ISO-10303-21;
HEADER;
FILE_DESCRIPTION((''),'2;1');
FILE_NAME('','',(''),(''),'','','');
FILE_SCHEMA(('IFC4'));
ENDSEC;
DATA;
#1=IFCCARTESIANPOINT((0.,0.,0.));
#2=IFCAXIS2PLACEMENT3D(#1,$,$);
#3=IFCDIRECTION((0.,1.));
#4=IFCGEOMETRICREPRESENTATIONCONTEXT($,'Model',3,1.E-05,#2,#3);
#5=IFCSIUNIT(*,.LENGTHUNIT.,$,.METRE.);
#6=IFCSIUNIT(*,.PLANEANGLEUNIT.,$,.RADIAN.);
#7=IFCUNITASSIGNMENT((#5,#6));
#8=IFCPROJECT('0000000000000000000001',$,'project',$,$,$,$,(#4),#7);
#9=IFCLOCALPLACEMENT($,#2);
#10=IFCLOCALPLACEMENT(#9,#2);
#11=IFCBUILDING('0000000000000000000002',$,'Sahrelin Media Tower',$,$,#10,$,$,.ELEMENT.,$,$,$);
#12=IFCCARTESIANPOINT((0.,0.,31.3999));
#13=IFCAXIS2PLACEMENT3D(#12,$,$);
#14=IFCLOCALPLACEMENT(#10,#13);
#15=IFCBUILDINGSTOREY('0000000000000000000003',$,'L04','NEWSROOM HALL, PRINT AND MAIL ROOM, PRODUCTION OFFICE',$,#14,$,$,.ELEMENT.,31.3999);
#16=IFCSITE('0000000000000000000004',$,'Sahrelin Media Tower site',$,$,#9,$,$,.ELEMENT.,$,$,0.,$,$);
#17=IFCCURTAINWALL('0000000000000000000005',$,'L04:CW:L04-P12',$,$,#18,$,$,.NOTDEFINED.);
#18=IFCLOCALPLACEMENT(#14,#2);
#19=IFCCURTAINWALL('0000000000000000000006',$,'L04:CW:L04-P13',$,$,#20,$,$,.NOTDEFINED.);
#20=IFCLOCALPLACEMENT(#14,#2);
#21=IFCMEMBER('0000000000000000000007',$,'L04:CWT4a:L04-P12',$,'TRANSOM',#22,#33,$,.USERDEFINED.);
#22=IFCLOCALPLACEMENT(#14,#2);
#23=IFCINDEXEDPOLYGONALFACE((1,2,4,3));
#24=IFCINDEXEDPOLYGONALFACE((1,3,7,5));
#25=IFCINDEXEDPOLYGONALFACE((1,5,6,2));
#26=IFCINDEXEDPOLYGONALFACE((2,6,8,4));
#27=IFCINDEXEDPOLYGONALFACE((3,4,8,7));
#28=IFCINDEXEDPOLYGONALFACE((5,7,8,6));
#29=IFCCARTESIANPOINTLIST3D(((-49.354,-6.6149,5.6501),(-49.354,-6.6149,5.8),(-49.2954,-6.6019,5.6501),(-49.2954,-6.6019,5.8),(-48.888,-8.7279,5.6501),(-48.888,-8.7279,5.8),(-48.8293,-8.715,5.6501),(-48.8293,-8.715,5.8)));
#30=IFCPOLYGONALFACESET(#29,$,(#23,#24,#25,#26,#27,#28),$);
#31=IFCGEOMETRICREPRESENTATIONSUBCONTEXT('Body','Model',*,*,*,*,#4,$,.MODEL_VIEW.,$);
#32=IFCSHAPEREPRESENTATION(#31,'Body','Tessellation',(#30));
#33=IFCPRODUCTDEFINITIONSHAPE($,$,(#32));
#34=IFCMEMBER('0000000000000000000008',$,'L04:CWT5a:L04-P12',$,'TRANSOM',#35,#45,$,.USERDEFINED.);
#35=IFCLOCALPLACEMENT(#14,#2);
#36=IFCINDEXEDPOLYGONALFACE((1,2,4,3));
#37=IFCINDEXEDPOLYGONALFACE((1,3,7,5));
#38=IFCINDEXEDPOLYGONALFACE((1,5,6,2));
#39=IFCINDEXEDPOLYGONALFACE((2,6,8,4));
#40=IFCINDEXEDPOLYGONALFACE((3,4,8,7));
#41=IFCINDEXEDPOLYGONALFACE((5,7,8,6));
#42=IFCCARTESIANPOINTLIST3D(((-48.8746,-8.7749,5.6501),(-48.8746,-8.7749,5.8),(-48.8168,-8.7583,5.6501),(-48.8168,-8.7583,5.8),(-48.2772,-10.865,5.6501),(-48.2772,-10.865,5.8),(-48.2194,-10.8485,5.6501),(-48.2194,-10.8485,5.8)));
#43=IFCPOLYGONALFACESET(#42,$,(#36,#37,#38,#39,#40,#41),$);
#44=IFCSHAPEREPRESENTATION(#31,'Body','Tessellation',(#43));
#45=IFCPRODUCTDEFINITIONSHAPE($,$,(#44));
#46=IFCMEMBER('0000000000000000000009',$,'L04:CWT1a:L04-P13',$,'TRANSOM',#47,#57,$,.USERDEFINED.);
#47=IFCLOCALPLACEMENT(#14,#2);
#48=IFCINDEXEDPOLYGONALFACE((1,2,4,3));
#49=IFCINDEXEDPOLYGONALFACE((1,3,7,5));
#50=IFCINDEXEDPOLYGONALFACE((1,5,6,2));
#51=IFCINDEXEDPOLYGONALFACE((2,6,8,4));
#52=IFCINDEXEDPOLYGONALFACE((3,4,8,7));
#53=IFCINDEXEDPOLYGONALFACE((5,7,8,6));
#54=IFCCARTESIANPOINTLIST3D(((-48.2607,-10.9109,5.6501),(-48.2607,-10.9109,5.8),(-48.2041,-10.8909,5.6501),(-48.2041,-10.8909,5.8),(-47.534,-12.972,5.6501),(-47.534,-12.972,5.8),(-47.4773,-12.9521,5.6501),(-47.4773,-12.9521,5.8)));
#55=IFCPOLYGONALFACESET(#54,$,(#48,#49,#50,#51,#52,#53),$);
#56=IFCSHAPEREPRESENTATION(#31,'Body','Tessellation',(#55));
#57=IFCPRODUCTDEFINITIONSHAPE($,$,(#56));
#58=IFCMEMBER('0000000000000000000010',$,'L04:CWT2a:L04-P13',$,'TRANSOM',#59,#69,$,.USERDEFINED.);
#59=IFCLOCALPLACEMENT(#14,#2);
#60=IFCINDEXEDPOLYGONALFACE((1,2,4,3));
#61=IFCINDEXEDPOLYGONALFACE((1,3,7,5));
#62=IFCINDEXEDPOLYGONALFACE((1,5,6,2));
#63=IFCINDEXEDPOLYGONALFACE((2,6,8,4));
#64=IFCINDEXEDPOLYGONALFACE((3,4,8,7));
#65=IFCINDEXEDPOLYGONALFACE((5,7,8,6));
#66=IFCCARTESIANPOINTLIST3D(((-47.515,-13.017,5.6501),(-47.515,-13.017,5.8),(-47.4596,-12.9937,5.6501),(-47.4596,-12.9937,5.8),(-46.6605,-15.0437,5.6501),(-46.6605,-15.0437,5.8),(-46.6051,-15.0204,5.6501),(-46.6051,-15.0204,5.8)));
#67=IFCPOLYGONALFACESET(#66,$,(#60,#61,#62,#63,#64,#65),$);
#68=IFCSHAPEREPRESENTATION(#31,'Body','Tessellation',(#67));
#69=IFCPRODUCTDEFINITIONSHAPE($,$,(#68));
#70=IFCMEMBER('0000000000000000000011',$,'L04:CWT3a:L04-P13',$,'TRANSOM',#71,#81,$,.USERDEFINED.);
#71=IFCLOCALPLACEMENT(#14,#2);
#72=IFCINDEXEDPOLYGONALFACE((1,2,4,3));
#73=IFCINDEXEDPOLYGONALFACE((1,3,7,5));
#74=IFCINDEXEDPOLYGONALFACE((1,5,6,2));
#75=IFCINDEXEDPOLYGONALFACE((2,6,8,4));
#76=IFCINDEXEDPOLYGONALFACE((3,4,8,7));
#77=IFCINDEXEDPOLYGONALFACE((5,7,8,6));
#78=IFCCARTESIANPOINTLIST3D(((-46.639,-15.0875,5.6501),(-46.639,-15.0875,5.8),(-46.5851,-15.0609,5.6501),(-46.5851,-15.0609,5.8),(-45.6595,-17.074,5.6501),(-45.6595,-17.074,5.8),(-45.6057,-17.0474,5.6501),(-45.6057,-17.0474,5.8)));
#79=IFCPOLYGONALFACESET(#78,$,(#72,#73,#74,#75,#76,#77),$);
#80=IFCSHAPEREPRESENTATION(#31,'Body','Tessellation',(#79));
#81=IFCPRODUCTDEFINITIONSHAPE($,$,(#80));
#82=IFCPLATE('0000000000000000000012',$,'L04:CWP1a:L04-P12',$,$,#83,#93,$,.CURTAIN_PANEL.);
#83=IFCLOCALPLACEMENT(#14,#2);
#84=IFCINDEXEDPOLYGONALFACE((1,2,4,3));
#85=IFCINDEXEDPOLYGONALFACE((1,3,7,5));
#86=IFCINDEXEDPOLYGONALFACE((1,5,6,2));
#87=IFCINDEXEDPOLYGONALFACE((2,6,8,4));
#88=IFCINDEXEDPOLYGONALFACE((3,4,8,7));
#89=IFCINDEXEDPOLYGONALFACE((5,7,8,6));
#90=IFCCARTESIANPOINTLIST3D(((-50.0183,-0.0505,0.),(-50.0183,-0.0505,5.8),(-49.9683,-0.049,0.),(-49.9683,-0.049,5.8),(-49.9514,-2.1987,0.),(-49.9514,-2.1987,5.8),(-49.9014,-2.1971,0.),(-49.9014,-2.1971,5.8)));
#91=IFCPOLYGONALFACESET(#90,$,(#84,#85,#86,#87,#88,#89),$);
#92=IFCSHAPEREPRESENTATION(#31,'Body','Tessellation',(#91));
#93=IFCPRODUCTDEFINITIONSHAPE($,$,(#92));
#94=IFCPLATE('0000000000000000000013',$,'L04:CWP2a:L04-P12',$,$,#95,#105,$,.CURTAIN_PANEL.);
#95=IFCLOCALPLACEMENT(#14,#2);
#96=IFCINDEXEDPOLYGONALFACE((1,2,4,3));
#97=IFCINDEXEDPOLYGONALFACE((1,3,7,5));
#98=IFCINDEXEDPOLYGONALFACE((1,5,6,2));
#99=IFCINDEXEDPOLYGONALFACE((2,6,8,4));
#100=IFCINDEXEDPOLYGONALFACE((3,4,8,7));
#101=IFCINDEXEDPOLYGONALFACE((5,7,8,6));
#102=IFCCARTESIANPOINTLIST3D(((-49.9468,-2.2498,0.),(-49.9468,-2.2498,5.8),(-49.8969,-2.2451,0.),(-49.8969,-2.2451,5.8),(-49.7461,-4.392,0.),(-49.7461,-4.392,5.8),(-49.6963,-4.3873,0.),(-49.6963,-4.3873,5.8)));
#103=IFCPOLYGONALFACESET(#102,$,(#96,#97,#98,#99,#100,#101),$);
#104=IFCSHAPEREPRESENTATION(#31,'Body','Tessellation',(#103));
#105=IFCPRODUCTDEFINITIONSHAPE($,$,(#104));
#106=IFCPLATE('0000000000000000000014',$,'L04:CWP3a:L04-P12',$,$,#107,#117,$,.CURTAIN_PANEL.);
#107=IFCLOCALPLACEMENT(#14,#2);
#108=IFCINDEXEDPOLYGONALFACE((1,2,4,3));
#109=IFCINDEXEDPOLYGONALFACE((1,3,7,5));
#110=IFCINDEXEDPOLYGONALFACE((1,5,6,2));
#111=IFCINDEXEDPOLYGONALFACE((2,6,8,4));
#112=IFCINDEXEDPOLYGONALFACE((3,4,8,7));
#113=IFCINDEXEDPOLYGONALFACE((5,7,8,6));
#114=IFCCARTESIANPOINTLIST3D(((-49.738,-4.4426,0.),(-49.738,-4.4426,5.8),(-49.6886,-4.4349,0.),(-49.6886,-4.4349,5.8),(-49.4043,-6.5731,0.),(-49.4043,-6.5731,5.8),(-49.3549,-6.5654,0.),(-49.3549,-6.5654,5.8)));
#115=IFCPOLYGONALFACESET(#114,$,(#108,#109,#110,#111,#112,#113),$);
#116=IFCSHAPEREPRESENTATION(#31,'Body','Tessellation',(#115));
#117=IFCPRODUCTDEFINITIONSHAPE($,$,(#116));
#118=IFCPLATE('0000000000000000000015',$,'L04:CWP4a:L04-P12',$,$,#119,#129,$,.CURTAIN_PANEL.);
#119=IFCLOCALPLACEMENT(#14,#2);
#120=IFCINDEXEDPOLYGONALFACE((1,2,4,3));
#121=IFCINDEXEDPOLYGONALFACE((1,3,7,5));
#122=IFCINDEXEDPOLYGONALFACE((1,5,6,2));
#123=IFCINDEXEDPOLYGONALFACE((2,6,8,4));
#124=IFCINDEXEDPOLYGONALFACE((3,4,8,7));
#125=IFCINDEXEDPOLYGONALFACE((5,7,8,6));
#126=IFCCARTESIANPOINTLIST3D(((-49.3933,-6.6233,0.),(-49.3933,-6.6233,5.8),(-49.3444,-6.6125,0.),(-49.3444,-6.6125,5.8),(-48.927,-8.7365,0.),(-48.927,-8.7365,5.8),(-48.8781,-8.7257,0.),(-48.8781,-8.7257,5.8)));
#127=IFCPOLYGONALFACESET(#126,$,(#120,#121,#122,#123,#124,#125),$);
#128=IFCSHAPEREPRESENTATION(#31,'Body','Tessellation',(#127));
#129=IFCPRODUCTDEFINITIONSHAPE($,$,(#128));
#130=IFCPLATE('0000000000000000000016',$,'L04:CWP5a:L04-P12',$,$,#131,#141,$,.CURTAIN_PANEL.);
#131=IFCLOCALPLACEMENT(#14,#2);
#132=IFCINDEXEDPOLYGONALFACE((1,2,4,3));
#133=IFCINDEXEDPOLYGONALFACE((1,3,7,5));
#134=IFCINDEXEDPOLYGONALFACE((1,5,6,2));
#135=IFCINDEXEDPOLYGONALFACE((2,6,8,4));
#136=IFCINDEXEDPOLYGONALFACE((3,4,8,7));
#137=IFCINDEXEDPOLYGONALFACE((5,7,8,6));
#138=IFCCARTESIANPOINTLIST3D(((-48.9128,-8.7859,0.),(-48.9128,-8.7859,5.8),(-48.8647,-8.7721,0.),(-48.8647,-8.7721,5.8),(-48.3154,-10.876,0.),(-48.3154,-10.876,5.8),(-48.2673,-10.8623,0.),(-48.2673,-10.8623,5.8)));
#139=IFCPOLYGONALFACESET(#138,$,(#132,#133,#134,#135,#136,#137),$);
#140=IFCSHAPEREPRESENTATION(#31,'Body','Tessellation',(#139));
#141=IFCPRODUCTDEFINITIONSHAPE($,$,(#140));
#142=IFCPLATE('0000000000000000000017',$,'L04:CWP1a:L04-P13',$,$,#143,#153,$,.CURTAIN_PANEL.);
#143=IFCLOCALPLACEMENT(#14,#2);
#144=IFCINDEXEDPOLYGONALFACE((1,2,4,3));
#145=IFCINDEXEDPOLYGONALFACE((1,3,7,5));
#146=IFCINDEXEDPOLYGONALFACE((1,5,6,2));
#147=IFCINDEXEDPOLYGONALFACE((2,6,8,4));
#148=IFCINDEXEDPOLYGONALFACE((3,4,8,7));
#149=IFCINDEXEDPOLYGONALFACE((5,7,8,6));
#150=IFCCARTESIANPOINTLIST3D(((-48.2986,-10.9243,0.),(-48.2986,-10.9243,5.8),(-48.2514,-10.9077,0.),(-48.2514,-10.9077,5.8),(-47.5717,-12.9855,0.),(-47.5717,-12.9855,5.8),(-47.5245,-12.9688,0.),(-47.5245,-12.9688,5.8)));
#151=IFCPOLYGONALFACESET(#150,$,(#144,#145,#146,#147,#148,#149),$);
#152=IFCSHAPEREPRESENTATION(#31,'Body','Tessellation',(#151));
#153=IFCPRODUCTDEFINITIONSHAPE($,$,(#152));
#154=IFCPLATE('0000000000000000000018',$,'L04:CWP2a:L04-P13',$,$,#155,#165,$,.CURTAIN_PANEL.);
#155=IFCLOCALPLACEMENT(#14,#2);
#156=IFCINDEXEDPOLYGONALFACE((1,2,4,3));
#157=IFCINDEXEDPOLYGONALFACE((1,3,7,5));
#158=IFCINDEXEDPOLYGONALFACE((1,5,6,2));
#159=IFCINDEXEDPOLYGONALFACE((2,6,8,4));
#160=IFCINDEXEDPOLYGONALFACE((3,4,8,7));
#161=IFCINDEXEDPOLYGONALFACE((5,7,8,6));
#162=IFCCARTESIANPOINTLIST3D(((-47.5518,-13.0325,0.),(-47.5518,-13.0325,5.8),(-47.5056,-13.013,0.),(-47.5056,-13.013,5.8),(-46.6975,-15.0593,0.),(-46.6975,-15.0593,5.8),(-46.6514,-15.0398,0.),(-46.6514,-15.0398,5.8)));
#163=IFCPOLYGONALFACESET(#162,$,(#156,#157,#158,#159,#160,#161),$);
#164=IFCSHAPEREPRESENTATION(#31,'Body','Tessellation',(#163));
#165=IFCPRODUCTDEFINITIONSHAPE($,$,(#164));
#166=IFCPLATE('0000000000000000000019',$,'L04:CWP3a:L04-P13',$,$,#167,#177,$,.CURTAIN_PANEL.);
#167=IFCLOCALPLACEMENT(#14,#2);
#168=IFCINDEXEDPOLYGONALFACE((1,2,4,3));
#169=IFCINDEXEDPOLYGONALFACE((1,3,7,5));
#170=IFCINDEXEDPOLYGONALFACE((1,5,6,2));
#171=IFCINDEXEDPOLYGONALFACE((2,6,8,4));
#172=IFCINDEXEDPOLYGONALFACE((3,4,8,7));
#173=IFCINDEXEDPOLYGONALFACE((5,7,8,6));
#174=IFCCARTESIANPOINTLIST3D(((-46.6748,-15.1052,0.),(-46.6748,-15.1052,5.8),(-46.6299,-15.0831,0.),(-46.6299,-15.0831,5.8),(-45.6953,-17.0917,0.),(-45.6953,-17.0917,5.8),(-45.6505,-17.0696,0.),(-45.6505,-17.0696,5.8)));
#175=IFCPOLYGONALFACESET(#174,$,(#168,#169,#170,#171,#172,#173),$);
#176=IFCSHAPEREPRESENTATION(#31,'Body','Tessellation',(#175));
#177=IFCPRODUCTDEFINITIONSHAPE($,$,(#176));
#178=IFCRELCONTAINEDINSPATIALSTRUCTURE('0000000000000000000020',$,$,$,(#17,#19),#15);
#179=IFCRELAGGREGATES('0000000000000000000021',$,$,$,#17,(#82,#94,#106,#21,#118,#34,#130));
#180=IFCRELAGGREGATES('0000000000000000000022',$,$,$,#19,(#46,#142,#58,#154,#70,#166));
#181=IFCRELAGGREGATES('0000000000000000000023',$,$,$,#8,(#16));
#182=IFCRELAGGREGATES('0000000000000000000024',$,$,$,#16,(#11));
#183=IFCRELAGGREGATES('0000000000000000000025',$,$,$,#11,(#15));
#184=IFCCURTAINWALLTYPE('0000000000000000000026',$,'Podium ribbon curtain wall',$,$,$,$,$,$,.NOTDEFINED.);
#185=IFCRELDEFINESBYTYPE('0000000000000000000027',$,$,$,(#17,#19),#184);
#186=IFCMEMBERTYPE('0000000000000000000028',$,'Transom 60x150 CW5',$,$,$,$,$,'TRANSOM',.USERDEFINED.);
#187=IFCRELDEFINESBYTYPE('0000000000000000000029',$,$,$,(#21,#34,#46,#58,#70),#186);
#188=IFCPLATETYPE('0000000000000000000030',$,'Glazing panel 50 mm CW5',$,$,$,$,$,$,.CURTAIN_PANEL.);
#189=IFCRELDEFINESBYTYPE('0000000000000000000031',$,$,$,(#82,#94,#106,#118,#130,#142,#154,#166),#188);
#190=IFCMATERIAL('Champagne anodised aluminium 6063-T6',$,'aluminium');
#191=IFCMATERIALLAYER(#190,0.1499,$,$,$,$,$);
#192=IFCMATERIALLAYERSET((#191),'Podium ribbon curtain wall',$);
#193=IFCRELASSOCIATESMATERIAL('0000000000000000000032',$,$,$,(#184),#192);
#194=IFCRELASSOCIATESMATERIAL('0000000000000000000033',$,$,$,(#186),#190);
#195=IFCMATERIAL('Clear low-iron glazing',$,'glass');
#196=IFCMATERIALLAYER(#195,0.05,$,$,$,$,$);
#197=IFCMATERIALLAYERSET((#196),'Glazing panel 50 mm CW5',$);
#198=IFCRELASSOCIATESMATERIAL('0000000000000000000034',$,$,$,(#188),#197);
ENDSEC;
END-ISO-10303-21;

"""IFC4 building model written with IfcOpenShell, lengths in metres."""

from ifc_helpers import new_model, si_unit, direction, frame, origin, origin_2d, place, context, subcontext, project, spatial, polyline, rectangle, outline, extrude, material, layer, layer_set, material_profile, profile_set, type_object, element, aggregate, save


model = new_model("IFC4")

# Units and contexts
model_context = context("Model", 3, precision=1e-05, world=origin(), true_north=direction((0.0, 1.0)))
body_context = subcontext(model_context, "Body", "Model", "MODEL_VIEW")
ifc_project = project(units=[si_unit("LENGTHUNIT", "METRE"), si_unit("PLANEANGLEUNIT", "RADIAN")], contexts=[model_context])

# Site, building, storey
site_placement = place(None, origin())
site = spatial("IfcSite", under=ifc_project, at=site_placement, Name="Sahrelin Media Tower site", CompositionType="ELEMENT", RefElevation=0.0)
building_placement = place(site_placement, origin())
building = spatial("IfcBuilding", under=site, at=building_placement, Name="Sahrelin Media Tower", CompositionType="ELEMENT")
storey_placement = place(building_placement, frame((0.0, 0.0, 31.3999)))
storey = spatial("IfcBuildingStorey", under=building, at=storey_placement, Name="L04", Description="NEWSROOM HALL, PRINT AND MAIL ROOM, PRODUCTION OFFICE", CompositionType="ELEMENT", Elevation=31.3999)

# Curtain walls
ifc_material_1 = material(Name="Champagne anodised aluminium 6063-T6", Category="aluminium")
ifc_layer_1 = layer(ifc_material_1, 0.1499)
ifc_layer_set_1 = layer_set([ifc_layer_1], Name="Podium ribbon curtain wall")
curtain_wall_type = type_object("IfcCurtainWallType", Name="Podium ribbon curtain wall", PredefinedType="NOTDEFINED", material=ifc_layer_set_1)
curtain_wall_1_placement = place(storey_placement, frame((-50.0, 0.0, 0.0), z_axis=(0.0, 0.0, 1.0), x_axis=(1.0, 0.0, 0.0)))
curtain_wall_1 = element("IfcCurtainWall", 1, at=curtain_wall_1_placement, inside=storey, type_object=curtain_wall_type, Name="L04:CW:L04-P12", PredefinedType="NOTDEFINED")
curtain_wall_2_placement = place(storey_placement, frame((-48.2964, -10.8704, 0.0), z_axis=(0.0, 0.0, 1.0), x_axis=(1.0, 0.0, 0.0)))
curtain_wall_2 = element("IfcCurtainWall", 2, at=curtain_wall_2_placement, inside=storey, type_object=curtain_wall_type, Name="L04:CW:L04-P13", PredefinedType="NOTDEFINED")

# Members
ifc_material_profile_1 = material_profile(ifc_material_1, rectangle(XDim=0.0601, YDim=0.1499, at=origin_2d()), Name="Transom 60x150")
ifc_profile_set_1 = profile_set([ifc_material_profile_1], Name="Champagne anodised aluminium 6063-T6")
member_type_1 = type_object("IfcMemberType", Name="Transom 60x150 CW5", ElementType="TRANSOM", PredefinedType="USERDEFINED", material=ifc_profile_set_1)
member_1_placement = place(storey_placement, frame((-49.3247, -6.6084, 5.7251), z_axis=(0.215389, -0.976528, 0.0), x_axis=(0.976528, 0.215389, 0.0)))
member_1 = element("IfcMember", 3, at=member_1_placement, type_object=member_type_1, Name="L04:CWT4a:L04-P12", ObjectType="TRANSOM", PredefinedType="USERDEFINED", context=body_context, shape_type="SweptSolid", body=[
    extrude(rectangle(XDim=0.0601, YDim=0.1499, at=origin_2d()), origin(), (0.0, 0.0, 1.0), 2.1638),
])
member_2_placement = place(storey_placement, frame((-48.8457, -8.7666, 5.7251), z_axis=(0.274825, -0.961494, 0.0), x_axis=(0.961494, 0.274825, 0.0)))
member_2 = element("IfcMember", 4, at=member_2_placement, type_object=member_type_1, Name="L04:CWT5a:L04-P12", ObjectType="TRANSOM", PredefinedType="USERDEFINED", context=body_context, shape_type="SweptSolid", body=[
    extrude(rectangle(XDim=0.0601, YDim=0.1499, at=origin_2d()), origin(), (0.0, 0.0, 1.0), 2.1738),
])
member_3_placement = place(storey_placement, frame((-48.2324, -10.9009, 5.7251), z_axis=(0.332534, -0.943091, 0.0), x_axis=(0.943091, 0.332534, 0.0)))
member_3 = element("IfcMember", 5, at=member_3_placement, type_object=member_type_1, Name="L04:CWT1a:L04-P13", ObjectType="TRANSOM", PredefinedType="USERDEFINED", context=body_context, shape_type="SweptSolid", body=[
    extrude(rectangle(XDim=0.0601, YDim=0.1499, at=origin_2d()), origin(), (0.0, 0.0, 1.0), 2.1855),
])
member_4_placement = place(storey_placement, frame((-47.4873, -13.0054, 5.7251), z_axis=(0.388514, -0.921443, 0.0), x_axis=(0.921443, 0.388514, 0.0)))
member_4 = element("IfcMember", 6, at=member_4_placement, type_object=member_type_1, Name="L04:CWT2a:L04-P13", ObjectType="TRANSOM", PredefinedType="USERDEFINED", context=body_context, shape_type="SweptSolid", body=[
    extrude(rectangle(XDim=0.0601, YDim=0.1499, at=origin_2d()), origin(), (0.0, 0.0, 1.0), 2.1995),
])
member_5_placement = place(storey_placement, frame((-46.6121, -15.0742, 5.7251), z_axis=(0.442224, -0.896904, 0.0), x_axis=(0.896904, 0.442224, 0.0)))
member_5 = element("IfcMember", 7, at=member_5_placement, type_object=member_type_1, Name="L04:CWT3a:L04-P13", ObjectType="TRANSOM", PredefinedType="USERDEFINED", context=body_context, shape_type="SweptSolid", body=[
    extrude(rectangle(XDim=0.0601, YDim=0.1499, at=origin_2d()), origin(), (0.0, 0.0, 1.0), 2.2148),
])

# Plates
ifc_material_2 = material(Name="Clear low-iron glazing", Category="glass")
ifc_layer_2 = layer(ifc_material_2, 0.05)
ifc_layer_set_2 = layer_set([ifc_layer_2], Name="Glazing panel 50 mm CW5")
plate_type = type_object("IfcPlateType", Name="Glazing panel 50 mm CW5", PredefinedType="CURTAIN_PANEL", material=ifc_layer_set_2)
plate_1_placement = place(storey_placement, frame((-50.0183, -0.0505, 0.0), z_axis=(-0.999516, -0.031125, 0.0), x_axis=(0.031125, -0.999516, 0.0)))
plate_1 = element("IfcPlate", 8, at=plate_1_placement, type_object=plate_type, Name="L04:CWP1a:L04-P12", PredefinedType="CURTAIN_PANEL", context=body_context, shape_type="SweptSolid", body=[
    extrude(outline(polyline([(0.0, 0.0), (2.1492, 0.0), (2.1492, 5.8), (0.0, 5.8), (0.0, 0.0)])), origin(), (0.0, 0.0, -1.0), 0.05),
])
plate_2_placement = place(storey_placement, frame((-49.9468, -2.2498, 0.0), z_axis=(-0.995641, -0.093267, 0.0), x_axis=(0.093267, -0.995641, 0.0)))
plate_2 = element("IfcPlate", 9, at=plate_2_placement, type_object=plate_type, Name="L04:CWP2a:L04-P12", PredefinedType="CURTAIN_PANEL", context=body_context, shape_type="SweptSolid", body=[
    extrude(outline(polyline([(0.0, 0.0), (2.1516, 0.0), (2.1516, 5.8), (0.0, 5.8), (0.0, 0.0)])), origin(), (0.0, 0.0, -1.0), 0.05),
])
plate_3_placement = place(storey_placement, frame((-49.738, -4.4426, 0.0), z_axis=(-0.987953, -0.154753, 0.0), x_axis=(0.154753, -0.987953, 0.0)))
plate_3 = element("IfcPlate", 10, at=plate_3_placement, type_object=plate_type, Name="L04:CWP3a:L04-P12", PredefinedType="CURTAIN_PANEL", context=body_context, shape_type="SweptSolid", body=[
    extrude(outline(polyline([(0.0, 0.0), (2.1565, 0.0), (2.1565, 5.8), (0.0, 5.8), (0.0, 0.0)])), origin(), (0.0, 0.0, -1.0), 0.05),
])
plate_4_placement = place(storey_placement, frame((-49.3933, -6.6233, 0.0), z_axis=(-0.97651, -0.215473, 0.0), x_axis=(0.215473, -0.97651, 0.0)))
plate_4 = element("IfcPlate", 11, at=plate_4_placement, type_object=plate_type, Name="L04:CWP4a:L04-P12", PredefinedType="CURTAIN_PANEL", context=body_context, shape_type="SweptSolid", body=[
    extrude(outline(polyline([(0.0, 0.0), (2.1641, 0.0), (2.1641, 5.8), (0.0, 5.8), (0.0, 0.0)])), origin(), (0.0, 0.0, -1.0), 0.05),
])
plate_5_placement = place(storey_placement, frame((-48.9128, -8.7859, 0.0), z_axis=(-0.961494, -0.274825, 0.0), x_axis=(0.274825, -0.961494, 0.0)))
plate_5 = element("IfcPlate", 12, at=plate_5_placement, type_object=plate_type, Name="L04:CWP5a:L04-P12", PredefinedType="CURTAIN_PANEL", context=body_context, shape_type="SweptSolid", body=[
    extrude(outline(polyline([(0.0, 0.0), (2.1738, 0.0), (2.1738, 5.8), (0.0, 5.8), (0.0, 0.0)])), origin(), (0.0, 0.0, -1.0), 0.05),
])
aggregate(curtain_wall_1, [plate_1, plate_2, plate_3, member_1, plate_4, member_2, plate_5])
plate_6_placement = place(storey_placement, frame((-48.2986, -10.9243, 0.0), z_axis=(-0.943079, -0.332569, 0.0), x_axis=(0.332569, -0.943079, 0.0)))
plate_6 = element("IfcPlate", 13, at=plate_6_placement, type_object=plate_type, Name="L04:CWP1a:L04-P13", PredefinedType="CURTAIN_PANEL", context=body_context, shape_type="SweptSolid", body=[
    extrude(outline(polyline([(0.0, 0.0), (2.1855, 0.0), (2.1855, 5.8), (0.0, 5.8), (0.0, 0.0)])), origin(), (0.0, 0.0, -1.0), 0.05),
])
plate_7_placement = place(storey_placement, frame((-47.5518, -13.0325, 0.0), z_axis=(-0.9215, -0.38838, 0.0), x_axis=(0.38838, -0.9215, 0.0)))
plate_7 = element("IfcPlate", 14, at=plate_7_placement, type_object=plate_type, Name="L04:CWP2a:L04-P13", PredefinedType="CURTAIN_PANEL", context=body_context, shape_type="SweptSolid", body=[
    extrude(outline(polyline([(0.0, 0.0), (2.1995, 0.0), (2.1995, 5.8), (0.0, 5.8), (0.0, 0.0)])), origin(), (0.0, 0.0, -1.0), 0.05),
])
plate_8_placement = place(storey_placement, frame((-46.6748, -15.1052, 0.0), z_axis=(-0.896904, -0.442224, 0.0), x_axis=(0.442224, -0.896904, 0.0)))
plate_8 = element("IfcPlate", 15, at=plate_8_placement, type_object=plate_type, Name="L04:CWP3a:L04-P13", PredefinedType="CURTAIN_PANEL", context=body_context, shape_type="SweptSolid", body=[
    extrude(outline(polyline([(0.0, 0.0), (2.2148, 0.0), (2.2148, 5.8), (0.0, 5.8), (0.0, 0.0)])), origin(), (0.0, 0.0, -1.0), 0.05),
])
aggregate(curtain_wall_2, [member_3, plate_6, member_4, plate_7, member_5, plate_8])

save(model, "model.ifc")
